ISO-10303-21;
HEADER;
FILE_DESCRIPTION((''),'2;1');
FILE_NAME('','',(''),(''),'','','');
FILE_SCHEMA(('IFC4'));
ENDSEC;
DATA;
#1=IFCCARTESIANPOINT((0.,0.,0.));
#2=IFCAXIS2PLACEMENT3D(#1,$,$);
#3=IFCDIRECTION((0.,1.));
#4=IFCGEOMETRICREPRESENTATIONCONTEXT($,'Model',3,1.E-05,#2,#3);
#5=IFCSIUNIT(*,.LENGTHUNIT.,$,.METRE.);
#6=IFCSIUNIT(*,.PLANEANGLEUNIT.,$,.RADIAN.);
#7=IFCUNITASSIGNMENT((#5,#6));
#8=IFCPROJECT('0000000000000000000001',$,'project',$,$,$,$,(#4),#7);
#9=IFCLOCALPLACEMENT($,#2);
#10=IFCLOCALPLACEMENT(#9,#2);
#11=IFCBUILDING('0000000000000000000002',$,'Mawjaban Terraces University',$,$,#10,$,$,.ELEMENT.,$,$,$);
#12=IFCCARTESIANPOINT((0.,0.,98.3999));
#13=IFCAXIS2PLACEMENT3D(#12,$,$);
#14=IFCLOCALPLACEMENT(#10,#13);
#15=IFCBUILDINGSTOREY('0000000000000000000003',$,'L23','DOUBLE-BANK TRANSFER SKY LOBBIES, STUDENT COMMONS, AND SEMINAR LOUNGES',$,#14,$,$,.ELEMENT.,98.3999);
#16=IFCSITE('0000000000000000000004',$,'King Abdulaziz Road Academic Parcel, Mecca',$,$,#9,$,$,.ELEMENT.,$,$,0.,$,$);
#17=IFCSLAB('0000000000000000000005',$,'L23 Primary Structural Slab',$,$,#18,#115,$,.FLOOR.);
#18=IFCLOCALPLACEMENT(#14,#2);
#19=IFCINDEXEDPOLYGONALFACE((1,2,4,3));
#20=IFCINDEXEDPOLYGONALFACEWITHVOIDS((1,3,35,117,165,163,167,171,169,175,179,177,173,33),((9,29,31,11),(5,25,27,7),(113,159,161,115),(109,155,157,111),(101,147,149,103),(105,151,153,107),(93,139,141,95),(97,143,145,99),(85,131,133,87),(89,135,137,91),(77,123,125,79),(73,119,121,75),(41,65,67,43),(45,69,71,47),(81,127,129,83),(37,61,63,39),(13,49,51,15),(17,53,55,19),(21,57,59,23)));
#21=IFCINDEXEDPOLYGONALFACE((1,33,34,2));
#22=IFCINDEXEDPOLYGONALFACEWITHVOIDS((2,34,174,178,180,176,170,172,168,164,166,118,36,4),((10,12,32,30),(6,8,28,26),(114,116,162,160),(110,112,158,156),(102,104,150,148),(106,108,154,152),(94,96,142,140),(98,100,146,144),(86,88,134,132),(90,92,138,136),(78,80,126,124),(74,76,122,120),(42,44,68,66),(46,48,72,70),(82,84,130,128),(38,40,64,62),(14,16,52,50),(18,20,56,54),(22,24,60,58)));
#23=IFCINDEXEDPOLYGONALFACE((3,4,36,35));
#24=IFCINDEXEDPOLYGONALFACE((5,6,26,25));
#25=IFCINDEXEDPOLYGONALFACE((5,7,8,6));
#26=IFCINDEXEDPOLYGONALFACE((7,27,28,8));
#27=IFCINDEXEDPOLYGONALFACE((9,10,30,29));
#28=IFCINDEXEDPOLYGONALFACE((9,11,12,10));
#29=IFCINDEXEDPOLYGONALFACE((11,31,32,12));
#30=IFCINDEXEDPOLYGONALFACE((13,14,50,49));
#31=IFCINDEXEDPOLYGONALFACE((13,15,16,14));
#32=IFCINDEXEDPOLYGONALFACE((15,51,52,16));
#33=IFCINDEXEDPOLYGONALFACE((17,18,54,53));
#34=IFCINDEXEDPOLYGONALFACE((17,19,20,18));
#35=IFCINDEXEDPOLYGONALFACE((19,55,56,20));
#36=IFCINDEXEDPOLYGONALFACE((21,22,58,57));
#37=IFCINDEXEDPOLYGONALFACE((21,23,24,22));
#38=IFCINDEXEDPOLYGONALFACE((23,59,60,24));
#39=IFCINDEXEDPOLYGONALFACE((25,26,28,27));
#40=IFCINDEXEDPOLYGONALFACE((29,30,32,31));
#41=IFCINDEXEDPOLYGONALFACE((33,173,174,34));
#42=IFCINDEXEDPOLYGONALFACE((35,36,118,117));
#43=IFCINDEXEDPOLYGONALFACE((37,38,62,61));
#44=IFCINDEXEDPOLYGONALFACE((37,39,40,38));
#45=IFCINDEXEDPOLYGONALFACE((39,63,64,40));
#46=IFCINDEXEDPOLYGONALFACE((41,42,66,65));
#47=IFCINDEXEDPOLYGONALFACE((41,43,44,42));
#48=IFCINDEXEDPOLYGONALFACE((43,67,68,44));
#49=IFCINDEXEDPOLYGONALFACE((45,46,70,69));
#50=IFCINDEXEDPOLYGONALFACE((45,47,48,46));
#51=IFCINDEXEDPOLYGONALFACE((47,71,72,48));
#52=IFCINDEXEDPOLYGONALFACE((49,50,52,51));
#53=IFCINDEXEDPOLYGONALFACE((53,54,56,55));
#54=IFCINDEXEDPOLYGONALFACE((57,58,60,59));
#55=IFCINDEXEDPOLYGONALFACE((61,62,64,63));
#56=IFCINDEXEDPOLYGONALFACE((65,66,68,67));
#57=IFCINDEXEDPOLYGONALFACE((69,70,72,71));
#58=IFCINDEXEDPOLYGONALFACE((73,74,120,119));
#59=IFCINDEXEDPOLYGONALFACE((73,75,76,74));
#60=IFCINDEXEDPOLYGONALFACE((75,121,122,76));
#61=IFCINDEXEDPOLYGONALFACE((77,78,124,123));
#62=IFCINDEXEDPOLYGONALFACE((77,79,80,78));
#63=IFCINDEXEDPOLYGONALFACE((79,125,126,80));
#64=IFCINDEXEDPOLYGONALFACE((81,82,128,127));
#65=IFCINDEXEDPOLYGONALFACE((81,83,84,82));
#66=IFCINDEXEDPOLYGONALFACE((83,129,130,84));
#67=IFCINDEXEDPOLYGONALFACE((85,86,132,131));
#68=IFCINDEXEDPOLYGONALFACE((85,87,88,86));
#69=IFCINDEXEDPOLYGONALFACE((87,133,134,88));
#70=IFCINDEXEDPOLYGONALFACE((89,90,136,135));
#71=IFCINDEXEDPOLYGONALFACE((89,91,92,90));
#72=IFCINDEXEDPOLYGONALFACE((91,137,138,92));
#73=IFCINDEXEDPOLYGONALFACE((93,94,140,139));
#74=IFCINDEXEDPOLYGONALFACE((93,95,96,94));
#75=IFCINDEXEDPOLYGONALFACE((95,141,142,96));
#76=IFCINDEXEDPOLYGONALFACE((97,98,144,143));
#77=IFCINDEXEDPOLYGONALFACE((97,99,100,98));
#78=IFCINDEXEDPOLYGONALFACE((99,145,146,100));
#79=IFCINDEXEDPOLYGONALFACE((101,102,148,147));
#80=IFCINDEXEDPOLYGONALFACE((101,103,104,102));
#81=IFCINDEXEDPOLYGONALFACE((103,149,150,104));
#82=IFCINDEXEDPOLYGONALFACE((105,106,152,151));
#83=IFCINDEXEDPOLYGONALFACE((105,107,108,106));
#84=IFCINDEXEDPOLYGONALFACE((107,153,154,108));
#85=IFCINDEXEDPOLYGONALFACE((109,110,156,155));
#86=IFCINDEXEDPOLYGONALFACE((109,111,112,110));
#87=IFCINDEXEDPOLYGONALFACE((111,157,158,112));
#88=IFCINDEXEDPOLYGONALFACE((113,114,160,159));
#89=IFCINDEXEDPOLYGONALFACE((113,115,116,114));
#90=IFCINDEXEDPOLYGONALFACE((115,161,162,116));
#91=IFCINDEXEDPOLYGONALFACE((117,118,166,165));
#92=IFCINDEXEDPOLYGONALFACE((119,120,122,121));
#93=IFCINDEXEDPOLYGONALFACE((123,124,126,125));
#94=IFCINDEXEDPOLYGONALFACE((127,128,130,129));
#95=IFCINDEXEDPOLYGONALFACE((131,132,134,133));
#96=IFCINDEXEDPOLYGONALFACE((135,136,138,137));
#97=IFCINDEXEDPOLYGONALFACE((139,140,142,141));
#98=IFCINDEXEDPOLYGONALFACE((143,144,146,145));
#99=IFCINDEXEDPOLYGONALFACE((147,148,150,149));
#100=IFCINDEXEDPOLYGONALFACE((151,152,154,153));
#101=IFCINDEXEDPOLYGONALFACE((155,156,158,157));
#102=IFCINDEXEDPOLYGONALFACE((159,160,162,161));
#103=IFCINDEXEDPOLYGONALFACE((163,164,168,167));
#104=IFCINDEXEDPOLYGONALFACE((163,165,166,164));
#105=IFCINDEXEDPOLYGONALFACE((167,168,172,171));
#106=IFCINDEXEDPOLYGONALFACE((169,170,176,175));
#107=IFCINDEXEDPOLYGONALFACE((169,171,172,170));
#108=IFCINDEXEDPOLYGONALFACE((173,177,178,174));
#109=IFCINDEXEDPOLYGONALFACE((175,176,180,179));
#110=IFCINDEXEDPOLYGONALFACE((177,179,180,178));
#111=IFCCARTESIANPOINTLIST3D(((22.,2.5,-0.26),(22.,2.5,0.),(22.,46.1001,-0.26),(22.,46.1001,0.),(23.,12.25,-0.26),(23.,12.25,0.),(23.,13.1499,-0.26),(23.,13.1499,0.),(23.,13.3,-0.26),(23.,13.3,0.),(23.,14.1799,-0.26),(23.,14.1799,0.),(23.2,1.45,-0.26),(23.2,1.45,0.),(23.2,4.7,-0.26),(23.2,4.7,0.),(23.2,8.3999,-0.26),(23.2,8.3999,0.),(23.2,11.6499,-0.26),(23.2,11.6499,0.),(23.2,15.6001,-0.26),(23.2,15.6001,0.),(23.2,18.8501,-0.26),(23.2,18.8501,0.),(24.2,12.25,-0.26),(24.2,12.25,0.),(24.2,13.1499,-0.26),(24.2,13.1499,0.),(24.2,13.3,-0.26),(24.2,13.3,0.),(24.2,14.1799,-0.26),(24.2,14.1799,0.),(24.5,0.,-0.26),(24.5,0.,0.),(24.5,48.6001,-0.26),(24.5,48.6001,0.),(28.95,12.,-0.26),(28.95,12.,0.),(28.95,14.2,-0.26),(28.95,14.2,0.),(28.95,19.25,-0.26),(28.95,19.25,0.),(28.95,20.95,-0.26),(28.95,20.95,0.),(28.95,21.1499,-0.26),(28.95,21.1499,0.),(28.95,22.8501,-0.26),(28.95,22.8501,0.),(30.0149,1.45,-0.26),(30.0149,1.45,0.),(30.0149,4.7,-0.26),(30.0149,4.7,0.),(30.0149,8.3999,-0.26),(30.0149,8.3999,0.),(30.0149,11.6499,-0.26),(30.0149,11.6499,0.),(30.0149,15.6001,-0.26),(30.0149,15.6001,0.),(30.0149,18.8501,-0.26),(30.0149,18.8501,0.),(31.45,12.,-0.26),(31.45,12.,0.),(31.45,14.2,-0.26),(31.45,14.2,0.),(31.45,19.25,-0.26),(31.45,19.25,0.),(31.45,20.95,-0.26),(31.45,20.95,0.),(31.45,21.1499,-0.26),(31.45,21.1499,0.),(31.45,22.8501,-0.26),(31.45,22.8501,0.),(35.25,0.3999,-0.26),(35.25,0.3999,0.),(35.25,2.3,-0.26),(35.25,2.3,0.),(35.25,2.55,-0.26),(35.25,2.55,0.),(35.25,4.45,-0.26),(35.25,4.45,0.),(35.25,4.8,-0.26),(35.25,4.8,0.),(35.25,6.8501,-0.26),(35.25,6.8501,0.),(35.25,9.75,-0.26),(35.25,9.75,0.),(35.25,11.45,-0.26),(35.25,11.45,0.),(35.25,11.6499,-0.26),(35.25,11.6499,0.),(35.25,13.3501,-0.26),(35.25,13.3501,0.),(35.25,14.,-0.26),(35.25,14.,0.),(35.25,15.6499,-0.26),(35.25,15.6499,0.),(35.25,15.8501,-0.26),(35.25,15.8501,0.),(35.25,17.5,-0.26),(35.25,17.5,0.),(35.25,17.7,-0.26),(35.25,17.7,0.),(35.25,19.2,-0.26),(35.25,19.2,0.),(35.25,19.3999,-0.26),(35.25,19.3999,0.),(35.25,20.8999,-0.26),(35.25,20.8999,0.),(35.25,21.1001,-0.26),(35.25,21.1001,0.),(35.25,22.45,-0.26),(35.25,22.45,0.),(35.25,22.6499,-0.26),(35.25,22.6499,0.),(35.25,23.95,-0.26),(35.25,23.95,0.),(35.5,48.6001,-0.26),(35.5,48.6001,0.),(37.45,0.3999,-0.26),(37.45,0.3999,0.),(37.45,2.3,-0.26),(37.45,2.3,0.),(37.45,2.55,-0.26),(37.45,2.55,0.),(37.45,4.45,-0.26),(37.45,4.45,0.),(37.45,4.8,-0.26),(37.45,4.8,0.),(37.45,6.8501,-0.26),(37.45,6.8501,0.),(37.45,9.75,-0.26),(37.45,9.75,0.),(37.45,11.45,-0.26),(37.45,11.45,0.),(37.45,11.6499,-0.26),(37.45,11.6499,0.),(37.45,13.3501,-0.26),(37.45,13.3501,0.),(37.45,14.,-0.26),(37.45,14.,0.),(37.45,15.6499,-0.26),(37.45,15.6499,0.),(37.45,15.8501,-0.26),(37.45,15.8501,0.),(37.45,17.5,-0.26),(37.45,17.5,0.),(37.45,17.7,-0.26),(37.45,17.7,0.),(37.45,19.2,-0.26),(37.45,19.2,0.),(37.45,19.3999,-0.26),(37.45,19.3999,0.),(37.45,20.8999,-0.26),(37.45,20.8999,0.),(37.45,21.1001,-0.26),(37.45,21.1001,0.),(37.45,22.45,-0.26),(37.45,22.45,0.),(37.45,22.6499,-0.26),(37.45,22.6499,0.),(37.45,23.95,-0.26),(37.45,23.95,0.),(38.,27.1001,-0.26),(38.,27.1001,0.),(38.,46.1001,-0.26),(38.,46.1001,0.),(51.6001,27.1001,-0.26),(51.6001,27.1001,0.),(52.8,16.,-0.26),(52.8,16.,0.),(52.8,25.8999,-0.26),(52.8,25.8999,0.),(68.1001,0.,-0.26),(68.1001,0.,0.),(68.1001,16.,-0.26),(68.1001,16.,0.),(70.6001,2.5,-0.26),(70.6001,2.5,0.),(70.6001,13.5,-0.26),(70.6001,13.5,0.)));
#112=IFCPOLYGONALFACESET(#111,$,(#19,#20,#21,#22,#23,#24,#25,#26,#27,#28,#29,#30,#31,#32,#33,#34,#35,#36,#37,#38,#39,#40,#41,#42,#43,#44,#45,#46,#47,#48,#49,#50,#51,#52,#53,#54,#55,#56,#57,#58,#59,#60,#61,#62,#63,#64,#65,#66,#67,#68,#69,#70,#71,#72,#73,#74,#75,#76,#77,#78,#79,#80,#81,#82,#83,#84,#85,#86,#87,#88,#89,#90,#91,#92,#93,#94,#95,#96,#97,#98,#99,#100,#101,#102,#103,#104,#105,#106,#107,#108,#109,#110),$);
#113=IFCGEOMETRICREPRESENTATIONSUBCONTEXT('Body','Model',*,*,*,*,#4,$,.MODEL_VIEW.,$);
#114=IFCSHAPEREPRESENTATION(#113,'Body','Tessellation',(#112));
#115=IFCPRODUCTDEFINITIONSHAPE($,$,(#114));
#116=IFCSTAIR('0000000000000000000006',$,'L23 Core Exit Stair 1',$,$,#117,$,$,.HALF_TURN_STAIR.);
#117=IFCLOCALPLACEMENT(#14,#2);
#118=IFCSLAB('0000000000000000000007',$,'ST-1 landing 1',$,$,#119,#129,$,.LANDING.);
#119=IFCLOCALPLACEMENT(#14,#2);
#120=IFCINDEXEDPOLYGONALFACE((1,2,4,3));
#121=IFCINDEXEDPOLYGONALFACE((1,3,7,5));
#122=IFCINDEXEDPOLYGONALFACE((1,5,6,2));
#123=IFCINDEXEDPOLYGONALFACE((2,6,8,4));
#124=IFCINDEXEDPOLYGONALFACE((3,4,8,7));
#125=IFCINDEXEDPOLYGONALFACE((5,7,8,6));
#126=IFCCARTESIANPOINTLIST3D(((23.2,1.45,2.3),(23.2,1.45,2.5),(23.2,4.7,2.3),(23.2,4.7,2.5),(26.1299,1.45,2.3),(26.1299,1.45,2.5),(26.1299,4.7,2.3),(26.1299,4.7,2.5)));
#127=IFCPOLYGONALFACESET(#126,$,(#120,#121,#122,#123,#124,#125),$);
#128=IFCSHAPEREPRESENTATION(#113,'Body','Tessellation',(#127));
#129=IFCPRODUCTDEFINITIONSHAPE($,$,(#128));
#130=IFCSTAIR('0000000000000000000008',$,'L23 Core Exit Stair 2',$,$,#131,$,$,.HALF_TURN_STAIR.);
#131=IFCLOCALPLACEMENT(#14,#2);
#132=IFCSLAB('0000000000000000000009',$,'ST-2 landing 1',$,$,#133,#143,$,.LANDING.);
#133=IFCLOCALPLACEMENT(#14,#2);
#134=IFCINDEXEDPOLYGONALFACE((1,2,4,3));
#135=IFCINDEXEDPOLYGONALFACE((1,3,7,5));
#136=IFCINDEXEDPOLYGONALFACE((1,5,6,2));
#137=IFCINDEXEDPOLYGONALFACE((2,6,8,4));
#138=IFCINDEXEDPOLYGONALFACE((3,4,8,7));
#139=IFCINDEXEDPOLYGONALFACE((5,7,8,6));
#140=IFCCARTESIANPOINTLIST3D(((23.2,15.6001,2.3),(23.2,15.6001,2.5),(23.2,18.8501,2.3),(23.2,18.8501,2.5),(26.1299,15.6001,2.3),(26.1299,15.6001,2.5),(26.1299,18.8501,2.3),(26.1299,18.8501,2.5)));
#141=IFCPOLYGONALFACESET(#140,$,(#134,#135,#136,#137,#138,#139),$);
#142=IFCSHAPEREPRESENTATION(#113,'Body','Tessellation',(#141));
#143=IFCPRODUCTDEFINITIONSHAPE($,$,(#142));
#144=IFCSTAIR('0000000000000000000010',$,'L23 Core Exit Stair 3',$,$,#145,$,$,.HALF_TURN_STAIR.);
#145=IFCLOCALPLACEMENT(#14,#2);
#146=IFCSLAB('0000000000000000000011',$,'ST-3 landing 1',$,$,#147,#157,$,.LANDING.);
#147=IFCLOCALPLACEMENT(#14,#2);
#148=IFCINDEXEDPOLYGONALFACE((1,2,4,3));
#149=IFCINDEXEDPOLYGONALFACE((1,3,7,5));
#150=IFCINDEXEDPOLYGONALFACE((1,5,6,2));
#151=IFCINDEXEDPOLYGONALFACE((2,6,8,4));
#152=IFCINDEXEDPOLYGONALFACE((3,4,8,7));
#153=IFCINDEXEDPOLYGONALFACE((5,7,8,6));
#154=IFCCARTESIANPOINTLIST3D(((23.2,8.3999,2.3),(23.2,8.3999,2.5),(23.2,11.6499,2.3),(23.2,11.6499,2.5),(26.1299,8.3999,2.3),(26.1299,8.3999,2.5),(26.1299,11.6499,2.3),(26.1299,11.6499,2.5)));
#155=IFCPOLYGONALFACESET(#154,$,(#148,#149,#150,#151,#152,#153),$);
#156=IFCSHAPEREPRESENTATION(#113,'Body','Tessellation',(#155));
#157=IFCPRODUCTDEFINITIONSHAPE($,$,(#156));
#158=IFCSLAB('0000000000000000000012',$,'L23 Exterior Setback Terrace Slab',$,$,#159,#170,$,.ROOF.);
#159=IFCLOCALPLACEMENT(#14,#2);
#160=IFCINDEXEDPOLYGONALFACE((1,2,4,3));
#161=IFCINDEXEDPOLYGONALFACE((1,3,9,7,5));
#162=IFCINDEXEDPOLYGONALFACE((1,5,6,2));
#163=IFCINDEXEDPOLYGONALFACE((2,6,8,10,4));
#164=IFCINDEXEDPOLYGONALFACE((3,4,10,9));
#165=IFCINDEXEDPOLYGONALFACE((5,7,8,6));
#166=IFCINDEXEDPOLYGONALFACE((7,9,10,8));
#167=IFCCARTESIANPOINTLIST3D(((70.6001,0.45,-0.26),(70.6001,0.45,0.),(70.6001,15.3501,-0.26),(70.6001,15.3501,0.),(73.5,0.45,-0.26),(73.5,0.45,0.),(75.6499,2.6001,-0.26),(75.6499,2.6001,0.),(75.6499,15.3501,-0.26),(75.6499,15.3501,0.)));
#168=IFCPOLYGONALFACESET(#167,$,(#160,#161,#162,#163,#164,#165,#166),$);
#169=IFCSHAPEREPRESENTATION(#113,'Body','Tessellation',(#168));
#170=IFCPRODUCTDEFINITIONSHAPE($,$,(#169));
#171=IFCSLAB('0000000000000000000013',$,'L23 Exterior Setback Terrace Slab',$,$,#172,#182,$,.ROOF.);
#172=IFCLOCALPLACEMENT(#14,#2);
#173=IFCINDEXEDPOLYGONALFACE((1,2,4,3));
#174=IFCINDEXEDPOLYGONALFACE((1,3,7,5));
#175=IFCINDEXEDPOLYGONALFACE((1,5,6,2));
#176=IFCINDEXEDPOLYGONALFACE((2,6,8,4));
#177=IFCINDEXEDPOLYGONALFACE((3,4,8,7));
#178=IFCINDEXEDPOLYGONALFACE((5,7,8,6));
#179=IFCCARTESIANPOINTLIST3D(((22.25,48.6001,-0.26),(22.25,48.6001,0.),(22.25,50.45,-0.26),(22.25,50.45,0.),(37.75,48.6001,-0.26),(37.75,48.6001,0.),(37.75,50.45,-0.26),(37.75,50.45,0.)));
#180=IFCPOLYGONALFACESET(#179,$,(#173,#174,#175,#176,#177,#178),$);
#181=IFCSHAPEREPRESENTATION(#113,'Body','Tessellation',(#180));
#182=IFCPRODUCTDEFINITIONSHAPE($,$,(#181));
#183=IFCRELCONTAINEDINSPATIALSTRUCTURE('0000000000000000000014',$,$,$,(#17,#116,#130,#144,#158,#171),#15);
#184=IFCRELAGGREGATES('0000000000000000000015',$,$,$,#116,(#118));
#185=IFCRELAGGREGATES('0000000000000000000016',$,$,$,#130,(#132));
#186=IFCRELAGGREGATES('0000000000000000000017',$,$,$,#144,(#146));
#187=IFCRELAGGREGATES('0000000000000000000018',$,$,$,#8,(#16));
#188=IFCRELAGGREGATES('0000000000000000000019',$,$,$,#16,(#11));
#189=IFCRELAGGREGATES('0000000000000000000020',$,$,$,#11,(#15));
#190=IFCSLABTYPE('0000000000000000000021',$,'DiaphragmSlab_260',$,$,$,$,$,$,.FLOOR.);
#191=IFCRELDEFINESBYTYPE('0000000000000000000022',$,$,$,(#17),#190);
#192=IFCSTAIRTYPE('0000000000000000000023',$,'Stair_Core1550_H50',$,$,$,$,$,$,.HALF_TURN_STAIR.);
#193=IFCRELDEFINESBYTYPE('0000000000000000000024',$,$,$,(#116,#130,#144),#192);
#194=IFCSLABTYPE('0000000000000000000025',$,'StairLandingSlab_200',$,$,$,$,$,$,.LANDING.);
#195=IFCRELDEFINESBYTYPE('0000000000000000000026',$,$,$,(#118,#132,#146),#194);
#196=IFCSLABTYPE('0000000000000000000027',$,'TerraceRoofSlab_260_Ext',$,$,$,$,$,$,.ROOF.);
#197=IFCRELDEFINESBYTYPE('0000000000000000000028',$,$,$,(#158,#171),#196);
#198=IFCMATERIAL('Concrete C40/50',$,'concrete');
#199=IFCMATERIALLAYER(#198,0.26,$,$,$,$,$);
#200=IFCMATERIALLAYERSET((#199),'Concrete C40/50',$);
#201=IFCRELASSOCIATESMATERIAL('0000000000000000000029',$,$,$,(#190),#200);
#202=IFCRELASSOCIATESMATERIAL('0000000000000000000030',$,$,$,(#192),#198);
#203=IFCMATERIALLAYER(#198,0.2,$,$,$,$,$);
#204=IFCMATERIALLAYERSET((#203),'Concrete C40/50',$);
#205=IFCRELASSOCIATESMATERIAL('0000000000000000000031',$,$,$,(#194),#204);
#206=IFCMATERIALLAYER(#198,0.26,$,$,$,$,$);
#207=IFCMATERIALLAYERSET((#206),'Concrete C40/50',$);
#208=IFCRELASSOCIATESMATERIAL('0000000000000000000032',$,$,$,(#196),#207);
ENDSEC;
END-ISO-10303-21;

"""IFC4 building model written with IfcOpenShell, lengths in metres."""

from ifc_helpers import new_model, si_unit, direction, frame, origin, place, context, subcontext, project, spatial, polyline, outline, extrude, material, layer, layer_set, type_object, element, aggregate, save


model = new_model("IFC4")

# Units and contexts
model_context = context("Model", 3, precision=1e-05, world=origin(), true_north=direction((0.0, 1.0)))
body_context = subcontext(model_context, "Body", "Model", "MODEL_VIEW")
ifc_project = project(units=[si_unit("LENGTHUNIT", "METRE"), si_unit("PLANEANGLEUNIT", "RADIAN")], contexts=[model_context])

# Site, building, storey
site_placement = place(None, origin())
site = spatial("IfcSite", under=ifc_project, at=site_placement, Name="King Abdulaziz Road Academic Parcel, Mecca", CompositionType="ELEMENT", RefElevation=0.0)
building_placement = place(site_placement, origin())
building = spatial("IfcBuilding", under=site, at=building_placement, Name="Mawjaban Terraces University", CompositionType="ELEMENT")
storey_placement = place(building_placement, frame((0.0, 0.0, 98.3999)))
storey = spatial("IfcBuildingStorey", under=building, at=storey_placement, Name="L23", Description="DOUBLE-BANK TRANSFER SKY LOBBIES, STUDENT COMMONS, AND SEMINAR LOUNGES", CompositionType="ELEMENT", Elevation=98.3999)

# Slab
ifc_material_1 = material(Name="Concrete C40/50", Category="concrete")
ifc_layer_1 = layer(ifc_material_1, 0.26)
ifc_layer_set_1 = layer_set([ifc_layer_1], Name="Concrete C40/50")
slab_type_1 = type_object("IfcSlabType", Name="DiaphragmSlab_260", PredefinedType="FLOOR", material=ifc_layer_set_1)
slab_1_placement = place(storey_placement, frame((0.0, 0.0, -0.26)))
element("IfcSlab", 1, at=slab_1_placement, inside=storey, type_object=slab_type_1, Name="L23 Primary Structural Slab", PredefinedType="FLOOR", context=body_context, shape_type="SweptSolid", body=[
    extrude(outline(polyline([(24.5, 0.0), (68.1001, 0.0), (70.6001, 2.5), (70.6001, 13.5), (68.1001, 16.0), (52.8, 16.0), (52.8, 25.8999), (51.6001, 27.1001), (38.0, 27.1001), (38.0, 46.1001), (35.5, 48.6001), (24.5, 48.6001), (22.0, 46.1001), (22.0, 2.5), (24.5, 0.0)]), holes=[polyline([(30.0149, 4.7), (23.2, 4.7), (23.2, 1.45), (30.0149, 1.45), (30.0149, 4.7)]), polyline([(30.0149, 18.8501), (23.2, 18.8501), (23.2, 15.6001), (30.0149, 15.6001), (30.0149, 18.8501)]), polyline([(30.0149, 11.6499), (23.2, 11.6499), (23.2, 8.3999), (30.0149, 8.3999), (30.0149, 11.6499)]), polyline([(35.25, 0.3999), (37.45, 0.3999), (37.45, 2.3), (35.25, 2.3), (35.25, 0.3999)]), polyline([(35.25, 2.55), (37.45, 2.55), (37.45, 4.45), (35.25, 4.45), (35.25, 2.55)]), polyline([(35.25, 4.8), (37.45, 4.8), (37.45, 6.8501), (35.25, 6.8501), (35.25, 4.8)]), polyline([(35.25, 9.75), (37.45, 9.75), (37.45, 11.45), (35.25, 11.45), (35.25, 9.75)]), polyline([(35.25, 11.6499), (37.45, 11.6499), (37.45, 13.3501), (35.25, 13.3501), (35.25, 11.6499)]), polyline([(28.95, 12.0), (31.45, 12.0), (31.45, 14.2), (28.95, 14.2), (28.95, 12.0)]), polyline([(35.25, 14.0), (37.45, 14.0), (37.45, 15.6499), (35.25, 15.6499), (35.25, 14.0)]), polyline([(35.25, 15.8501), (37.45, 15.8501), (37.45, 17.5), (35.25, 17.5), (35.25, 15.8501)]), polyline([(35.25, 17.7), (37.45, 17.7), (37.45, 19.2), (35.25, 19.2), (35.25, 17.7)]), polyline([(35.25, 19.3999), (37.45, 19.3999), (37.45, 20.8999), (35.25, 20.8999), (35.25, 19.3999)]), polyline([(28.95, 19.25), (31.45, 19.25), (31.45, 20.95), (28.95, 20.95), (28.95, 19.25)]), polyline([(35.25, 21.1001), (37.45, 21.1001), (37.45, 22.45), (35.25, 22.45), (35.25, 21.1001)]), polyline([(35.25, 22.6499), (37.45, 22.6499), (37.45, 23.95), (35.25, 23.95), (35.25, 22.6499)]), polyline([(28.95, 21.1499), (31.45, 21.1499), (31.45, 22.8501), (28.95, 22.8501), (28.95, 21.1499)]), polyline([(23.0, 12.25), (24.2, 12.25), (24.2, 13.1499), (23.0, 13.1499), (23.0, 12.25)]), polyline([(23.0, 13.3), (24.2, 13.3), (24.2, 14.1799), (23.0, 14.1799), (23.0, 13.3)])]), origin(), (0.0, 0.0, 1.0), 0.26),
])

# Stairs, slabs
stair_type = type_object("IfcStairType", Name="Stair_Core1550_H50", PredefinedType="HALF_TURN_STAIR", material=ifc_material_1)
stair_1_placement = place(storey_placement, origin())
stair_1 = element("IfcStair", 2, at=stair_1_placement, inside=storey, type_object=stair_type, Name="L23 Core Exit Stair 1", PredefinedType="HALF_TURN_STAIR")
ifc_layer_2 = layer(ifc_material_1, 0.2)
ifc_layer_set_2 = layer_set([ifc_layer_2], Name="Concrete C40/50")
slab_type_2 = type_object("IfcSlabType", Name="StairLandingSlab_200", PredefinedType="LANDING", material=ifc_layer_set_2)
slab_2_placement = place(storey_placement, frame((0.0, 0.0, 2.3)))
slab_2 = element("IfcSlab", 3, at=slab_2_placement, type_object=slab_type_2, Name="ST-1 landing 1", PredefinedType="LANDING", context=body_context, shape_type="SweptSolid", body=[
    extrude(outline(polyline([(26.1299, 4.7), (23.2, 4.7), (23.2, 1.45), (26.1299, 1.45), (26.1299, 4.7)])), origin(), (0.0, 0.0, 1.0), 0.2),
])
aggregate(stair_1, [slab_2])
stair_2_placement = place(storey_placement, origin())
stair_2 = element("IfcStair", 4, at=stair_2_placement, inside=storey, type_object=stair_type, Name="L23 Core Exit Stair 2", PredefinedType="HALF_TURN_STAIR")
slab_3_placement = place(storey_placement, frame((0.0, 0.0, 2.3)))
slab_3 = element("IfcSlab", 5, at=slab_3_placement, type_object=slab_type_2, Name="ST-2 landing 1", PredefinedType="LANDING", context=body_context, shape_type="SweptSolid", body=[
    extrude(outline(polyline([(26.1299, 18.8501), (23.2, 18.8501), (23.2, 15.6001), (26.1299, 15.6001), (26.1299, 18.8501)])), origin(), (0.0, 0.0, 1.0), 0.2),
])
aggregate(stair_2, [slab_3])
stair_3_placement = place(storey_placement, origin())
stair_3 = element("IfcStair", 6, at=stair_3_placement, inside=storey, type_object=stair_type, Name="L23 Core Exit Stair 3", PredefinedType="HALF_TURN_STAIR")
slab_4_placement = place(storey_placement, frame((0.0, 0.0, 2.3)))
slab_4 = element("IfcSlab", 7, at=slab_4_placement, type_object=slab_type_2, Name="ST-3 landing 1", PredefinedType="LANDING", context=body_context, shape_type="SweptSolid", body=[
    extrude(outline(polyline([(26.1299, 11.6499), (23.2, 11.6499), (23.2, 8.3999), (26.1299, 8.3999), (26.1299, 11.6499)])), origin(), (0.0, 0.0, 1.0), 0.2),
])
aggregate(stair_3, [slab_4])

# Slabs
ifc_layer_3 = layer(ifc_material_1, 0.26)
ifc_layer_set_3 = layer_set([ifc_layer_3], Name="Concrete C40/50")
slab_type_3 = type_object("IfcSlabType", Name="TerraceRoofSlab_260_Ext", PredefinedType="ROOF", material=ifc_layer_set_3)
slab_5_placement = place(storey_placement, frame((0.0, 0.0, -0.26)))
element("IfcSlab", 8, at=slab_5_placement, inside=storey, type_object=slab_type_3, Name="L23 Exterior Setback Terrace Slab", PredefinedType="ROOF", context=body_context, shape_type="SweptSolid", body=[
    extrude(outline(polyline([(70.6001, 0.45), (73.5, 0.45), (75.6499, 2.6001), (75.6499, 15.3501), (70.6001, 15.3501), (70.6001, 0.45)])), origin(), (0.0, 0.0, 1.0), 0.26),
])
slab_6_placement = place(storey_placement, frame((0.0, 0.0, -0.26)))
element("IfcSlab", 9, at=slab_6_placement, inside=storey, type_object=slab_type_3, Name="L23 Exterior Setback Terrace Slab", PredefinedType="ROOF", context=body_context, shape_type="SweptSolid", body=[
    extrude(outline(polyline([(22.25, 48.6001), (37.75, 48.6001), (37.75, 50.45), (22.25, 50.45), (22.25, 48.6001)])), origin(), (0.0, 0.0, 1.0), 0.26),
])

save(model, "model.ifc")
